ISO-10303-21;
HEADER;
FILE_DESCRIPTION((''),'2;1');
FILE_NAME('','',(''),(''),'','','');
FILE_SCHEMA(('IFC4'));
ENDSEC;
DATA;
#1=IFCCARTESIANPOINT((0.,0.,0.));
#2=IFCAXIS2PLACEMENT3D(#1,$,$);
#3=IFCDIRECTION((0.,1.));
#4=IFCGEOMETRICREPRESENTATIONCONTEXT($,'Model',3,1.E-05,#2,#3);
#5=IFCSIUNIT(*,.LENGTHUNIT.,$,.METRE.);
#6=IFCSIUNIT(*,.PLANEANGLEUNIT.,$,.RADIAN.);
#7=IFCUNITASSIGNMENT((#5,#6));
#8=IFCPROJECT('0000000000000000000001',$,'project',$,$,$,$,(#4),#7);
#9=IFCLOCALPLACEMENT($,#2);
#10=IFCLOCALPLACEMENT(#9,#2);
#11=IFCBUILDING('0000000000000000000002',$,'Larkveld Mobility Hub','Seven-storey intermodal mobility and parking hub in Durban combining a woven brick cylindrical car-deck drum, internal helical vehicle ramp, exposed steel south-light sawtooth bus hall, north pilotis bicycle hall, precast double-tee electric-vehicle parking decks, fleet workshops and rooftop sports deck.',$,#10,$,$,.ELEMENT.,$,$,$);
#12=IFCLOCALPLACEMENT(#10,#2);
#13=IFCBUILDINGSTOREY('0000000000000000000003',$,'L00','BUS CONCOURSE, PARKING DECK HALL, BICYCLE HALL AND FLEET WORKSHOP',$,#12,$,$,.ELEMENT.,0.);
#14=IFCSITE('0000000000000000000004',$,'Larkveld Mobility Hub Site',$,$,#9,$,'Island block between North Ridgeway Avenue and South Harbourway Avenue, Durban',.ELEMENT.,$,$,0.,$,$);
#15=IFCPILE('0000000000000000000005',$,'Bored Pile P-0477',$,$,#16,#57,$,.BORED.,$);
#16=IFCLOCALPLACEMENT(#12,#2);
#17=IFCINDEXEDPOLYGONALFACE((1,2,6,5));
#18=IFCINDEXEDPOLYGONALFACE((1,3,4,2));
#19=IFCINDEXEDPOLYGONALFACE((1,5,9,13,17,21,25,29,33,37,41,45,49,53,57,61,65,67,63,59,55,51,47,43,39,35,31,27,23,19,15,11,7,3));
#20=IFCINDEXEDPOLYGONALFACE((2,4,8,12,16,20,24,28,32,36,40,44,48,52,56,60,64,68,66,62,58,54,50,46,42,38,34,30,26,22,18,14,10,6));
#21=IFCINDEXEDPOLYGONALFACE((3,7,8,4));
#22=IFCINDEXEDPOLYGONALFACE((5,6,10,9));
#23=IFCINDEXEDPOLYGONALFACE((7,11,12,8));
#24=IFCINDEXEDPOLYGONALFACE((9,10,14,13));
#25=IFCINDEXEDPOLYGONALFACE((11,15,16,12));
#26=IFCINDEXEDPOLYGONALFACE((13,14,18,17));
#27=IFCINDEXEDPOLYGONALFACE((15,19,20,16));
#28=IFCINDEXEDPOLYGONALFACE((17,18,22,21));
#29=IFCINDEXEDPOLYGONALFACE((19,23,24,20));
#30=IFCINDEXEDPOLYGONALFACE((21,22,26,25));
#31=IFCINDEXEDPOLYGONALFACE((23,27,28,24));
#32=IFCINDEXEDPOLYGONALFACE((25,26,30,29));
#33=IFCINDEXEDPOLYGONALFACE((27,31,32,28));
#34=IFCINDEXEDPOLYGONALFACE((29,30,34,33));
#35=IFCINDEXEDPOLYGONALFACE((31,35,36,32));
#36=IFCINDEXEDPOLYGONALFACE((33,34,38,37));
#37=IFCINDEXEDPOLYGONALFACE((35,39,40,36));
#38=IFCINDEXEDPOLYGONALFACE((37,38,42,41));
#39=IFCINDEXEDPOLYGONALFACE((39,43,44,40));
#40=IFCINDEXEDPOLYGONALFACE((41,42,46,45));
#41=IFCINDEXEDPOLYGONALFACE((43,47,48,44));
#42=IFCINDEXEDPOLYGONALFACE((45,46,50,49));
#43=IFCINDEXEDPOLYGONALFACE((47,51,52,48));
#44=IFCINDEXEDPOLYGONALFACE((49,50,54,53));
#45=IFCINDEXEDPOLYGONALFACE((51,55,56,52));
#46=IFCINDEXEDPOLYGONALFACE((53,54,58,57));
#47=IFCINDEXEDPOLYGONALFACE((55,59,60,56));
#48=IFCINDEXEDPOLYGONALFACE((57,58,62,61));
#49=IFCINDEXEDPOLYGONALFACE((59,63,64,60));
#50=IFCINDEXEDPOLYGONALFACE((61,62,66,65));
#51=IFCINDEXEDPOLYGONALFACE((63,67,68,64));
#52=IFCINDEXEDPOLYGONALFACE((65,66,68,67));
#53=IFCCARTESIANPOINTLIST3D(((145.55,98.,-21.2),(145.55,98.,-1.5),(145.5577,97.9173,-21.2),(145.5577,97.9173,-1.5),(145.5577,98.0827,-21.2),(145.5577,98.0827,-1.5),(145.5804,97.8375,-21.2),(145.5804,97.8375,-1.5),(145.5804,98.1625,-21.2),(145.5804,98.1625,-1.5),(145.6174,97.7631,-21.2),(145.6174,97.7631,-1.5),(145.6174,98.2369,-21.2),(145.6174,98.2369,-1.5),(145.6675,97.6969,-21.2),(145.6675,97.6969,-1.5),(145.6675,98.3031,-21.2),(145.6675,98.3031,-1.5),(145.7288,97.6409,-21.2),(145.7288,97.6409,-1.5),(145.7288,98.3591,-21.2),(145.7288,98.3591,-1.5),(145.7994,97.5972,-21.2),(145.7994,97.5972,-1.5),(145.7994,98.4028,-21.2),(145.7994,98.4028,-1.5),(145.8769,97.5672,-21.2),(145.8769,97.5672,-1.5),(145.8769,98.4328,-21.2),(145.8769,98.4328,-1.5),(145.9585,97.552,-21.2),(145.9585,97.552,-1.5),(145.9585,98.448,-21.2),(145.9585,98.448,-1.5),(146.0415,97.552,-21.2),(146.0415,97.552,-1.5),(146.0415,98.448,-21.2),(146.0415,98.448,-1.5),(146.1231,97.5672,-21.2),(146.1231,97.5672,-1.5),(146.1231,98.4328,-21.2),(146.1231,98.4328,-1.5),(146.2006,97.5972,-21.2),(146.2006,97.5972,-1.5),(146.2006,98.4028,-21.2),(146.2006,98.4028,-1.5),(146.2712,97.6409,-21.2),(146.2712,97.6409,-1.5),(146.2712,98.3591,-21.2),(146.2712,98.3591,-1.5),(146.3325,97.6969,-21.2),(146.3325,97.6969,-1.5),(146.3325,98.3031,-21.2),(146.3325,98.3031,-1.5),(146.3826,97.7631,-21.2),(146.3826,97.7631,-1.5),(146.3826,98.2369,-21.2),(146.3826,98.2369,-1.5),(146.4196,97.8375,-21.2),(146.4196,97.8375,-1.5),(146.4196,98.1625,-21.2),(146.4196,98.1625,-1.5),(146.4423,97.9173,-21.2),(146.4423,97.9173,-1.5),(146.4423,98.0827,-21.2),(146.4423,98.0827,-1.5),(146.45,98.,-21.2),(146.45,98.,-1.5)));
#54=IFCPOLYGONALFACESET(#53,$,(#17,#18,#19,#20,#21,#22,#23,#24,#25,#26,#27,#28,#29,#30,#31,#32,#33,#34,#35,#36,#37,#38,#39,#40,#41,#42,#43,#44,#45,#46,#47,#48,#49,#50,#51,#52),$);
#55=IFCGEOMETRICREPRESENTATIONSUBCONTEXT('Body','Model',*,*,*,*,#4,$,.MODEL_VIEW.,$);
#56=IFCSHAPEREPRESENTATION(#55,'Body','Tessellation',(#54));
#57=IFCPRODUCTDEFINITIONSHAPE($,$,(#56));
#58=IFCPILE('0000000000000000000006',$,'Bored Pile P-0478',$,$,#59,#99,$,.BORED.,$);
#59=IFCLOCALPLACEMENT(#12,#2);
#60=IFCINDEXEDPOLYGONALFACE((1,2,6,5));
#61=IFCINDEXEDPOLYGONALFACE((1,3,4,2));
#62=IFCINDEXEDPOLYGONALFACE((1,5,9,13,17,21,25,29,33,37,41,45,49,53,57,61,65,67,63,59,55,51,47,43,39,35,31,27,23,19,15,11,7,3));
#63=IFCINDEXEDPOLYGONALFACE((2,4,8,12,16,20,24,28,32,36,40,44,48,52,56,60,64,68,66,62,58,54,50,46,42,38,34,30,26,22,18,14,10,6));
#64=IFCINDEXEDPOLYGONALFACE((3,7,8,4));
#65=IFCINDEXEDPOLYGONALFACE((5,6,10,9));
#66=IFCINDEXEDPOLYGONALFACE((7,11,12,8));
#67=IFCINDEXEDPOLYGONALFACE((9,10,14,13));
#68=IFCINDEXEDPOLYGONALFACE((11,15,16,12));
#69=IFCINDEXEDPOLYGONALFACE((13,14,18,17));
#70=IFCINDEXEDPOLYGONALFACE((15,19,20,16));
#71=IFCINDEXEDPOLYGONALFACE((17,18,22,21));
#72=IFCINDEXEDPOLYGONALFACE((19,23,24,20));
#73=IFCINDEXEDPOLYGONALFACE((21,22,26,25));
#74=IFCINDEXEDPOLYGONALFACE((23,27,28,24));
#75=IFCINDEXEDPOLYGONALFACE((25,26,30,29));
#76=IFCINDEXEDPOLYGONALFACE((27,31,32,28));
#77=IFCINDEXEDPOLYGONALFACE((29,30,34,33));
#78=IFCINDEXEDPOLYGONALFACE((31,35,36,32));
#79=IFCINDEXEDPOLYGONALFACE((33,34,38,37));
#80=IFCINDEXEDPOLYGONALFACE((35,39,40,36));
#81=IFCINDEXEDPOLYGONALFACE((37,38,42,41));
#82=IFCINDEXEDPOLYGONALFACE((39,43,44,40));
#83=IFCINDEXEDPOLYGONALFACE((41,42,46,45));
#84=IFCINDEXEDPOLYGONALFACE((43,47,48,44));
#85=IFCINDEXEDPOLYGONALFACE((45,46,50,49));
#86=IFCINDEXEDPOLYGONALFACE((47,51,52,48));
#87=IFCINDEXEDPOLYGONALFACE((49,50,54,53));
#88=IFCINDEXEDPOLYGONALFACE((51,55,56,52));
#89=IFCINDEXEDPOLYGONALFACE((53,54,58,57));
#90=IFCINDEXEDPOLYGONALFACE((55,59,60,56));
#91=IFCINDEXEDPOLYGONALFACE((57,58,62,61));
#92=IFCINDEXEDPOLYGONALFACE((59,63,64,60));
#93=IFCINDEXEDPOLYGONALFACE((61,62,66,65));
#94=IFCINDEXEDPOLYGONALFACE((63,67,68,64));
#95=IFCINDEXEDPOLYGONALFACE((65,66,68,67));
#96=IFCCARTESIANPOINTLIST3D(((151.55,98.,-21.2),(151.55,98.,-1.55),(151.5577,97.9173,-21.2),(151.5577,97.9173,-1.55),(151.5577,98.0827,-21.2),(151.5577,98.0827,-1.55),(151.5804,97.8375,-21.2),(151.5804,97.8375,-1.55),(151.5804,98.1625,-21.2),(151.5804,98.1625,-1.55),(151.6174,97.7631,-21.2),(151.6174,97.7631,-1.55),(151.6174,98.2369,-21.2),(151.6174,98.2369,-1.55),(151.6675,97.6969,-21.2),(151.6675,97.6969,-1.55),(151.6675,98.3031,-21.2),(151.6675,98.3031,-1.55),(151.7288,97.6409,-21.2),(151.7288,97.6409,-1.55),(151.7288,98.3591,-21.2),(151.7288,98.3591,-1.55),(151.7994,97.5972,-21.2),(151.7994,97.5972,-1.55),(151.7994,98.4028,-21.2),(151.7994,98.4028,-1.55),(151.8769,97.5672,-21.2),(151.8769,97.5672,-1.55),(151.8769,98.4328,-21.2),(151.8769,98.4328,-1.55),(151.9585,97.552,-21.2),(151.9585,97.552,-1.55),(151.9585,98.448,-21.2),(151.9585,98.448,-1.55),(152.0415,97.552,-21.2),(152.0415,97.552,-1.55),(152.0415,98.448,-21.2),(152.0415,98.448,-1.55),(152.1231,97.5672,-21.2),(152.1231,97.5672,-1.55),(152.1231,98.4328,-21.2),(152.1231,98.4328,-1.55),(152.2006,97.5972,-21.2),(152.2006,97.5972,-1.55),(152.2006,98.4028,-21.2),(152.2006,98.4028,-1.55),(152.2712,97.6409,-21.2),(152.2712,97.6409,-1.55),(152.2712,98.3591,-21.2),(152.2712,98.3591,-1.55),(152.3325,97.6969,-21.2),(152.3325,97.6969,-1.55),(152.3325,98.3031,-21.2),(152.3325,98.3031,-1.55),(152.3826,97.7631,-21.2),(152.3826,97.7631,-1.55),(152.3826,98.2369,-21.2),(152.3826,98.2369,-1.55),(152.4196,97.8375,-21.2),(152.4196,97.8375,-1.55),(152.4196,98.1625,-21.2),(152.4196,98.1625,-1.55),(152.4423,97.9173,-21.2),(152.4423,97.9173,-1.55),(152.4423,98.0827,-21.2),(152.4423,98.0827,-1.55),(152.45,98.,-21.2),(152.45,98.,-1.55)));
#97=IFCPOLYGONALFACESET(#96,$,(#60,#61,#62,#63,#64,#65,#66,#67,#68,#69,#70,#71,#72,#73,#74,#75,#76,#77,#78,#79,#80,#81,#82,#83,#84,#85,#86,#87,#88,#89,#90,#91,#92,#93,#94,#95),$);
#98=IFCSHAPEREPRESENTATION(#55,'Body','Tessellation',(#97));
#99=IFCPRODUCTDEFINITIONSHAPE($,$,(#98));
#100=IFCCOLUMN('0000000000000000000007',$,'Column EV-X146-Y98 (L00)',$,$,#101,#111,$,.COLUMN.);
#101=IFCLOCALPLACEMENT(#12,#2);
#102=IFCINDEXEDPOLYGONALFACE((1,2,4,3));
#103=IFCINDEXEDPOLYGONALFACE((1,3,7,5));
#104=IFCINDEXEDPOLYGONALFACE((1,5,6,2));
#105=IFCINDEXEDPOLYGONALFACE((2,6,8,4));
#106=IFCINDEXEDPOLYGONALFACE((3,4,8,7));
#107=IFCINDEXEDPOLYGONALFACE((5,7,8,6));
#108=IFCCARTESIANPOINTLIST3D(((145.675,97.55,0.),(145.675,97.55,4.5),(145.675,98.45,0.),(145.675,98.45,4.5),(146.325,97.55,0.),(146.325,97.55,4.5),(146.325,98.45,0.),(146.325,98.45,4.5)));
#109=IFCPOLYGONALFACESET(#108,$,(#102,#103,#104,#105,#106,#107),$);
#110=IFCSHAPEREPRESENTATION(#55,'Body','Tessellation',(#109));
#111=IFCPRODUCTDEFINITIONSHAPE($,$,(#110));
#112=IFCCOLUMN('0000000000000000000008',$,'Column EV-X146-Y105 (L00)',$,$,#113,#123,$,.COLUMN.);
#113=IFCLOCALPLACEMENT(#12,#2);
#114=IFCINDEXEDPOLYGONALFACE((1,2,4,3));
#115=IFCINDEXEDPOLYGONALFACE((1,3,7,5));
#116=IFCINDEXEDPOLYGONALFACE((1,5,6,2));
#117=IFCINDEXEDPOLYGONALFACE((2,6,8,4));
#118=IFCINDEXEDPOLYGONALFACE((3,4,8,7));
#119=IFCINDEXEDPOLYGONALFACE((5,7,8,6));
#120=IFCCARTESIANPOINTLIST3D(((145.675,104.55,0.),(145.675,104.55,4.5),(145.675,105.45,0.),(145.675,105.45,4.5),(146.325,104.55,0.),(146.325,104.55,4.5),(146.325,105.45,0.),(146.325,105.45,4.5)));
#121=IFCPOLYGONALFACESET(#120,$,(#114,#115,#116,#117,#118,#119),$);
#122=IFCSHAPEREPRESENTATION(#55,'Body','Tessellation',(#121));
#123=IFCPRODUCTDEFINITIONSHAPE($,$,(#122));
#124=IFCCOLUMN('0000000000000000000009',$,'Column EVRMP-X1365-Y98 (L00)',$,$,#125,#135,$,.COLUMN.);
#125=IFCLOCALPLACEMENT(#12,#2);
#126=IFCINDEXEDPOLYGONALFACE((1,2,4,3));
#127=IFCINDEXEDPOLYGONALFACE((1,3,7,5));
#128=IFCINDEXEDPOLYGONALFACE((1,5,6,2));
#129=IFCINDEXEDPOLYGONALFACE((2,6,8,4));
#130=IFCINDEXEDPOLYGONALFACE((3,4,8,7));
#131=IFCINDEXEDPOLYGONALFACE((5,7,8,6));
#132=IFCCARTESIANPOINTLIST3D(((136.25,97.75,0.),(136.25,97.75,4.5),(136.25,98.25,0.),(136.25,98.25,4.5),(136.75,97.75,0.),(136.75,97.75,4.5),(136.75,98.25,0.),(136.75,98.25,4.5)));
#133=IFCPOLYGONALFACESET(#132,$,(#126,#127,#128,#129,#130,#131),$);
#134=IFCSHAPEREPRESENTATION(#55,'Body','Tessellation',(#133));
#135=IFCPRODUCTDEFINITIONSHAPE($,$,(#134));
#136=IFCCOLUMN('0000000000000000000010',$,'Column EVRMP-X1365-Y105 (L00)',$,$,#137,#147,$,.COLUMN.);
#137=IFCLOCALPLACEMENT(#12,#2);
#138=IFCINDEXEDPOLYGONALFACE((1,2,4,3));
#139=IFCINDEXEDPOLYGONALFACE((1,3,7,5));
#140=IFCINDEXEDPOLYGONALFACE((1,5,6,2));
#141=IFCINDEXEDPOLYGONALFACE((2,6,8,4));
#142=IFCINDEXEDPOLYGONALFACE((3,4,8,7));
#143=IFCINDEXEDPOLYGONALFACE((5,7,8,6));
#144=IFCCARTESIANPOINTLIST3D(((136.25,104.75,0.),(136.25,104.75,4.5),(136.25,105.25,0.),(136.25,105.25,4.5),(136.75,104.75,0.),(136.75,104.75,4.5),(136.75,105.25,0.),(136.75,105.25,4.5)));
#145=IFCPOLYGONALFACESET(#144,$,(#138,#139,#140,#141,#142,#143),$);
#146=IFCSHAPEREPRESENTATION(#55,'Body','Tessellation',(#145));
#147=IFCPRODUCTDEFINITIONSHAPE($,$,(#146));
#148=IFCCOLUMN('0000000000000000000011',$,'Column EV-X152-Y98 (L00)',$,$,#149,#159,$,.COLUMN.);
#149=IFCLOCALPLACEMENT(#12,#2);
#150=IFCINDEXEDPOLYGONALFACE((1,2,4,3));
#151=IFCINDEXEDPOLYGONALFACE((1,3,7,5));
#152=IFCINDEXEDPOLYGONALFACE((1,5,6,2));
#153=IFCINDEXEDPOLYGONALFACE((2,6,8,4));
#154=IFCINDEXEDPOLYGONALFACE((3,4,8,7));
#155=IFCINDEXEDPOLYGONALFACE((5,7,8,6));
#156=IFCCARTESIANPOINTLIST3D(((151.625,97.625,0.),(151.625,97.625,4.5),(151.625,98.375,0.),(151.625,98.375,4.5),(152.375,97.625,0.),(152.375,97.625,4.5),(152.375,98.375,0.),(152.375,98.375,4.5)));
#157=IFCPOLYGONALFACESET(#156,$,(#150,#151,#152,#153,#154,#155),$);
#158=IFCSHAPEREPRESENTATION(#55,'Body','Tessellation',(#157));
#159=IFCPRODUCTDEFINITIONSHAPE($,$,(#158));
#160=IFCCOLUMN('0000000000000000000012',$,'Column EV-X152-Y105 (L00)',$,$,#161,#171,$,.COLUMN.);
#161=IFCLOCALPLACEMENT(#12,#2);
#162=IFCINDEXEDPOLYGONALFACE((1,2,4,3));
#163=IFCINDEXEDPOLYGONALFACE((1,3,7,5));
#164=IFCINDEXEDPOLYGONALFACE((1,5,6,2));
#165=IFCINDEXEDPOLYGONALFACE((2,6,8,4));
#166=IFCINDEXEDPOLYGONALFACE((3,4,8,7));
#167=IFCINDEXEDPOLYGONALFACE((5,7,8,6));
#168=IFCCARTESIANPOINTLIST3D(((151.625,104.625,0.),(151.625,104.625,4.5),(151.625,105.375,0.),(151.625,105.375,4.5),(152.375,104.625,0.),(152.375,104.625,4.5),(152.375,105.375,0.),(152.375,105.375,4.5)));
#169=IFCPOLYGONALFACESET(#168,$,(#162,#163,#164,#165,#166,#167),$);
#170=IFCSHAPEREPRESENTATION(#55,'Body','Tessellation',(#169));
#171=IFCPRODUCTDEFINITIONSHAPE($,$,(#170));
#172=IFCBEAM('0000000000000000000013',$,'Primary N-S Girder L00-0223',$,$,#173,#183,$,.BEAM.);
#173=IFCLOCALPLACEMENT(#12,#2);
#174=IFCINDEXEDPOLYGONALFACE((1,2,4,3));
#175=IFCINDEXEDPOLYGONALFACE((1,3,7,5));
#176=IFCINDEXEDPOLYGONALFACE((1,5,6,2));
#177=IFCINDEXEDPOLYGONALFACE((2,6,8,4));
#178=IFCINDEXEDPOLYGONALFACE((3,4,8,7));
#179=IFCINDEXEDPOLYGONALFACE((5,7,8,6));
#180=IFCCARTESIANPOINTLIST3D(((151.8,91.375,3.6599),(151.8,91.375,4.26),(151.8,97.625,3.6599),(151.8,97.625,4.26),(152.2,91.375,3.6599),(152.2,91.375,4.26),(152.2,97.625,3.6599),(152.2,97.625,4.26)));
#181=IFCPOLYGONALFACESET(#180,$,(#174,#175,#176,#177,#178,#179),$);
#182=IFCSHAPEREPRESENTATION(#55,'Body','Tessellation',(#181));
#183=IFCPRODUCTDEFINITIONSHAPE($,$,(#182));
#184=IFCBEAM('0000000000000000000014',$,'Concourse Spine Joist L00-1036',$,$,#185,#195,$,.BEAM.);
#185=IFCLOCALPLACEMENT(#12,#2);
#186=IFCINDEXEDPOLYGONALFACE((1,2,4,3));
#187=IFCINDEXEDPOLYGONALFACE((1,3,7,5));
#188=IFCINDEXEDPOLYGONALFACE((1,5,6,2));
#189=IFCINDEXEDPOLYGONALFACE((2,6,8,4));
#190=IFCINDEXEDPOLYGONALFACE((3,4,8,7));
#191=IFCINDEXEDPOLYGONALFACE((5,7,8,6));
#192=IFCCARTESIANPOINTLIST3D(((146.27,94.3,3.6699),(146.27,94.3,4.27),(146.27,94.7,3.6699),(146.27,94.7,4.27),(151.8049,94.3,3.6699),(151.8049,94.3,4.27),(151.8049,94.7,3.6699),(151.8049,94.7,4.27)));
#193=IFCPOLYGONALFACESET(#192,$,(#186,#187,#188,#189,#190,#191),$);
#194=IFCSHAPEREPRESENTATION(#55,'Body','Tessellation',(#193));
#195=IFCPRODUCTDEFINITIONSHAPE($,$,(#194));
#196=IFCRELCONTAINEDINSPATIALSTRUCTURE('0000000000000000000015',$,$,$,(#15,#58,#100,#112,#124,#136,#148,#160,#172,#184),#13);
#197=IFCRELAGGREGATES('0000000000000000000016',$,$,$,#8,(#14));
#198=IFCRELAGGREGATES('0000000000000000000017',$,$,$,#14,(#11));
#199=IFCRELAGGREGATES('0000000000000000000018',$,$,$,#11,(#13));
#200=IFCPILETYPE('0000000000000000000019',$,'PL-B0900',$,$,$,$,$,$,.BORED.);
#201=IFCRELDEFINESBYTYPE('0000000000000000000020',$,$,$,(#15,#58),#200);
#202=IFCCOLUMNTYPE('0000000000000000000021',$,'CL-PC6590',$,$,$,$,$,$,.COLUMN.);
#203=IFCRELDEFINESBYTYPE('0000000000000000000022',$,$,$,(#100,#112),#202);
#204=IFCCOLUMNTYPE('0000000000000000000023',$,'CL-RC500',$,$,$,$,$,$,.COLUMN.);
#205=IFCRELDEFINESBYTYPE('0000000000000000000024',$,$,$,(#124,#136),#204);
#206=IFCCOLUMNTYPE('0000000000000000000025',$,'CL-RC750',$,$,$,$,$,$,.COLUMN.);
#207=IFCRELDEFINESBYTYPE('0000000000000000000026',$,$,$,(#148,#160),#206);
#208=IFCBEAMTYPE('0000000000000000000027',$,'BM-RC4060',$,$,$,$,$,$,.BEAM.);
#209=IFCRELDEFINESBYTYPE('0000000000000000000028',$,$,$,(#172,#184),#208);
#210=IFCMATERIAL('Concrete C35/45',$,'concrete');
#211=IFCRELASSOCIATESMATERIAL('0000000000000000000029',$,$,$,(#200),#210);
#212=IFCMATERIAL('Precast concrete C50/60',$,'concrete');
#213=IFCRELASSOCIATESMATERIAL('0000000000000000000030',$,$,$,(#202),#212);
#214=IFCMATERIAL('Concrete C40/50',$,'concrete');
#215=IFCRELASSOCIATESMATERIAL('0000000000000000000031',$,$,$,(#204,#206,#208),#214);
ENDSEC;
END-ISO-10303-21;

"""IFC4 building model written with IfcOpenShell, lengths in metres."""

from ifc_helpers import new_model, si_unit, direction, frame, origin, origin_2d, place, context, subcontext, project, spatial, rectangle, circle, extrude, material, material_profile, profile_set, type_object, element, save


model = new_model("IFC4")

# Units and contexts
model_context = context("Model", 3, precision=1e-05, world=origin(), true_north=direction((0.0, 1.0)))
body_context = subcontext(model_context, "Body", "Model", "MODEL_VIEW")
ifc_project = project(units=[si_unit("LENGTHUNIT", "METRE"), si_unit("PLANEANGLEUNIT", "RADIAN")], contexts=[model_context])

# Site, building, storey
site_placement = place(None, origin())
site = spatial("IfcSite", under=ifc_project, at=site_placement, Name="Larkveld Mobility Hub Site", LongName="Island block between North Ridgeway Avenue and South Harbourway Avenue, Durban", CompositionType="ELEMENT", RefElevation=0.0)
building_placement = place(site_placement, origin())
building = spatial("IfcBuilding", under=site, at=building_placement, Name="Larkveld Mobility Hub", Description="Seven-storey intermodal mobility and parking hub in Durban combining a woven brick cylindrical car-deck drum, internal helical vehicle ramp, exposed steel south-light sawtooth bus hall, north pilotis bicycle hall, precast double-tee electric-vehicle parking decks, fleet workshops and rooftop sports deck.", CompositionType="ELEMENT")
storey_placement = place(building_placement, origin())
storey = spatial("IfcBuildingStorey", under=building, at=storey_placement, Name="L00", Description="BUS CONCOURSE, PARKING DECK HALL, BICYCLE HALL AND FLEET WORKSHOP", CompositionType="ELEMENT", Elevation=0.0)

# Shared definitions
ifc_material_1 = material(Name="Concrete C35/45", Category="concrete")

# Piles
ifc_material_profile_1 = material_profile(ifc_material_1, circle(Radius=0.45, at=origin_2d()), Name="PILE D900")
ifc_profile_set_1 = profile_set([ifc_material_profile_1], Name="Concrete C35/45")
pile_type_1 = type_object("IfcPileType", Name="PL-B0900", PredefinedType="BORED", material=ifc_profile_set_1)
pile_1_placement = place(storey_placement, frame((146.0, 98.0, -1.5), z_axis=(0.0, 0.0, -1.0), x_axis=(1.0, 0.0, 0.0)))
element("IfcPile", 1, at=pile_1_placement, inside=storey, type_object=pile_type_1, Name="Bored Pile P-0477", PredefinedType="BORED", context=body_context, shape_type="SweptSolid", body=[
    extrude(circle(Radius=0.45, at=origin_2d()), origin(), (0.0, 0.0, 1.0), 19.7),
])
pile_2_placement = place(storey_placement, frame((152.0, 98.0, -1.55), z_axis=(0.0, 0.0, -1.0), x_axis=(1.0, 0.0, 0.0)))
element("IfcPile", 2, at=pile_2_placement, inside=storey, type_object=pile_type_1, Name="Bored Pile P-0478", PredefinedType="BORED", context=body_context, shape_type="SweptSolid", body=[
    extrude(circle(Radius=0.45, at=origin_2d()), origin(), (0.0, 0.0, 1.0), 19.6499),
])

# Columns
ifc_material_2 = material(Name="Precast concrete C50/60", Category="concrete")
ifc_material_profile_2 = material_profile(ifc_material_2, rectangle(XDim=0.6499, YDim=0.8999, at=origin_2d()), Name="RC COL 650x900")
ifc_profile_set_2 = profile_set([ifc_material_profile_2], Name="Precast concrete C50/60")
column_type_1 = type_object("IfcColumnType", Name="CL-PC6590", PredefinedType="COLUMN", material=ifc_profile_set_2)
for number, where, z_axis, x_axis, name in (
    (3, (146.0, 98.0, 0.0), (0.0, 0.0, 1.0), (1.0, 0.0, 0.0), "Column EV-X146-Y98 (L00)"),
    (4, (146.0, 105.0, 0.0), (0.0, 0.0, 1.0), (1.0, 0.0, 0.0), "Column EV-X146-Y105 (L00)"),
):
    element("IfcColumn", number, at=place(storey_placement, frame(where, z_axis=z_axis, x_axis=x_axis)), inside=storey, type_object=column_type_1, Name=name, PredefinedType="COLUMN", context=body_context, shape_type="SweptSolid", body=[
        extrude(rectangle(XDim=0.6499, YDim=0.8999, at=origin_2d()), origin(), (0.0, 0.0, 1.0), 4.5),
    ])
ifc_material_3 = material(Name="Concrete C40/50", Category="concrete")
ifc_material_profile_3 = material_profile(ifc_material_3, rectangle(XDim=0.5, YDim=0.5, at=origin_2d()), Name="RC COL 500x500")
ifc_profile_set_3 = profile_set([ifc_material_profile_3], Name="Concrete C40/50")
column_type_2 = type_object("IfcColumnType", Name="CL-RC500", PredefinedType="COLUMN", material=ifc_profile_set_3)
for number, where, z_axis, x_axis, name in (
    (5, (136.5, 98.0, 0.0), (0.0, 0.0, 1.0), (1.0, 0.0, 0.0), "Column EVRMP-X1365-Y98 (L00)"),
    (6, (136.5, 105.0, 0.0), (0.0, 0.0, 1.0), (1.0, 0.0, 0.0), "Column EVRMP-X1365-Y105 (L00)"),
):
    element("IfcColumn", number, at=place(storey_placement, frame(where, z_axis=z_axis, x_axis=x_axis)), inside=storey, type_object=column_type_2, Name=name, PredefinedType="COLUMN", context=body_context, shape_type="SweptSolid", body=[
        extrude(rectangle(XDim=0.5, YDim=0.5, at=origin_2d()), origin(), (0.0, 0.0, 1.0), 4.5),
    ])
ifc_material_profile_4 = material_profile(ifc_material_3, rectangle(XDim=0.75, YDim=0.75, at=origin_2d()), Name="RC COL 750x750")
ifc_profile_set_4 = profile_set([ifc_material_profile_4], Name="Concrete C40/50")
column_type_3 = type_object("IfcColumnType", Name="CL-RC750", PredefinedType="COLUMN", material=ifc_profile_set_4)
for number, where, z_axis, x_axis, name in (
    (7, (152.0, 98.0, 0.0), (0.0, 0.0, 1.0), (1.0, 0.0, 0.0), "Column EV-X152-Y98 (L00)"),
    (8, (152.0, 105.0, 0.0), (0.0, 0.0, 1.0), (1.0, 0.0, 0.0), "Column EV-X152-Y105 (L00)"),
):
    element("IfcColumn", number, at=place(storey_placement, frame(where, z_axis=z_axis, x_axis=x_axis)), inside=storey, type_object=column_type_3, Name=name, PredefinedType="COLUMN", context=body_context, shape_type="SweptSolid", body=[
        extrude(rectangle(XDim=0.75, YDim=0.75, at=origin_2d()), origin(), (0.0, 0.0, 1.0), 4.5),
    ])

# Beams
ifc_material_profile_5 = material_profile(ifc_material_3, rectangle(XDim=0.3999, YDim=0.6001, at=origin_2d()), Name="RC BM 400x600")
ifc_profile_set_5 = profile_set([ifc_material_profile_5], Name="Concrete C40/50")
beam_type_1 = type_object("IfcBeamType", Name="BM-RC4060", PredefinedType="BEAM", material=ifc_profile_set_5)
beam_1_placement = place(storey_placement, frame((152.0, 91.375, 3.96), z_axis=(0.0, 1.0, 0.0), x_axis=(-1.0, 0.0, 0.0)))
element("IfcBeam", 9, at=beam_1_placement, inside=storey, type_object=beam_type_1, Name="Primary N-S Girder L00-0223", PredefinedType="BEAM", context=body_context, shape_type="SweptSolid", body=[
    extrude(rectangle(XDim=0.3999, YDim=0.6001, at=origin_2d()), origin(), (0.0, 0.0, 1.0), 6.25),
])
beam_2_placement = place(storey_placement, frame((146.27, 94.5, 3.97), z_axis=(1.0, 0.0, 0.0), x_axis=(0.0, 1.0, 0.0)))
element("IfcBeam", 10, at=beam_2_placement, inside=storey, type_object=beam_type_1, Name="Concourse Spine Joist L00-1036", PredefinedType="BEAM", context=body_context, shape_type="SweptSolid", body=[
    extrude(rectangle(XDim=0.3999, YDim=0.6001, at=origin_2d()), origin(), (0.0, 0.0, 1.0), 5.5349),
])

save(model, "model.ifc")
